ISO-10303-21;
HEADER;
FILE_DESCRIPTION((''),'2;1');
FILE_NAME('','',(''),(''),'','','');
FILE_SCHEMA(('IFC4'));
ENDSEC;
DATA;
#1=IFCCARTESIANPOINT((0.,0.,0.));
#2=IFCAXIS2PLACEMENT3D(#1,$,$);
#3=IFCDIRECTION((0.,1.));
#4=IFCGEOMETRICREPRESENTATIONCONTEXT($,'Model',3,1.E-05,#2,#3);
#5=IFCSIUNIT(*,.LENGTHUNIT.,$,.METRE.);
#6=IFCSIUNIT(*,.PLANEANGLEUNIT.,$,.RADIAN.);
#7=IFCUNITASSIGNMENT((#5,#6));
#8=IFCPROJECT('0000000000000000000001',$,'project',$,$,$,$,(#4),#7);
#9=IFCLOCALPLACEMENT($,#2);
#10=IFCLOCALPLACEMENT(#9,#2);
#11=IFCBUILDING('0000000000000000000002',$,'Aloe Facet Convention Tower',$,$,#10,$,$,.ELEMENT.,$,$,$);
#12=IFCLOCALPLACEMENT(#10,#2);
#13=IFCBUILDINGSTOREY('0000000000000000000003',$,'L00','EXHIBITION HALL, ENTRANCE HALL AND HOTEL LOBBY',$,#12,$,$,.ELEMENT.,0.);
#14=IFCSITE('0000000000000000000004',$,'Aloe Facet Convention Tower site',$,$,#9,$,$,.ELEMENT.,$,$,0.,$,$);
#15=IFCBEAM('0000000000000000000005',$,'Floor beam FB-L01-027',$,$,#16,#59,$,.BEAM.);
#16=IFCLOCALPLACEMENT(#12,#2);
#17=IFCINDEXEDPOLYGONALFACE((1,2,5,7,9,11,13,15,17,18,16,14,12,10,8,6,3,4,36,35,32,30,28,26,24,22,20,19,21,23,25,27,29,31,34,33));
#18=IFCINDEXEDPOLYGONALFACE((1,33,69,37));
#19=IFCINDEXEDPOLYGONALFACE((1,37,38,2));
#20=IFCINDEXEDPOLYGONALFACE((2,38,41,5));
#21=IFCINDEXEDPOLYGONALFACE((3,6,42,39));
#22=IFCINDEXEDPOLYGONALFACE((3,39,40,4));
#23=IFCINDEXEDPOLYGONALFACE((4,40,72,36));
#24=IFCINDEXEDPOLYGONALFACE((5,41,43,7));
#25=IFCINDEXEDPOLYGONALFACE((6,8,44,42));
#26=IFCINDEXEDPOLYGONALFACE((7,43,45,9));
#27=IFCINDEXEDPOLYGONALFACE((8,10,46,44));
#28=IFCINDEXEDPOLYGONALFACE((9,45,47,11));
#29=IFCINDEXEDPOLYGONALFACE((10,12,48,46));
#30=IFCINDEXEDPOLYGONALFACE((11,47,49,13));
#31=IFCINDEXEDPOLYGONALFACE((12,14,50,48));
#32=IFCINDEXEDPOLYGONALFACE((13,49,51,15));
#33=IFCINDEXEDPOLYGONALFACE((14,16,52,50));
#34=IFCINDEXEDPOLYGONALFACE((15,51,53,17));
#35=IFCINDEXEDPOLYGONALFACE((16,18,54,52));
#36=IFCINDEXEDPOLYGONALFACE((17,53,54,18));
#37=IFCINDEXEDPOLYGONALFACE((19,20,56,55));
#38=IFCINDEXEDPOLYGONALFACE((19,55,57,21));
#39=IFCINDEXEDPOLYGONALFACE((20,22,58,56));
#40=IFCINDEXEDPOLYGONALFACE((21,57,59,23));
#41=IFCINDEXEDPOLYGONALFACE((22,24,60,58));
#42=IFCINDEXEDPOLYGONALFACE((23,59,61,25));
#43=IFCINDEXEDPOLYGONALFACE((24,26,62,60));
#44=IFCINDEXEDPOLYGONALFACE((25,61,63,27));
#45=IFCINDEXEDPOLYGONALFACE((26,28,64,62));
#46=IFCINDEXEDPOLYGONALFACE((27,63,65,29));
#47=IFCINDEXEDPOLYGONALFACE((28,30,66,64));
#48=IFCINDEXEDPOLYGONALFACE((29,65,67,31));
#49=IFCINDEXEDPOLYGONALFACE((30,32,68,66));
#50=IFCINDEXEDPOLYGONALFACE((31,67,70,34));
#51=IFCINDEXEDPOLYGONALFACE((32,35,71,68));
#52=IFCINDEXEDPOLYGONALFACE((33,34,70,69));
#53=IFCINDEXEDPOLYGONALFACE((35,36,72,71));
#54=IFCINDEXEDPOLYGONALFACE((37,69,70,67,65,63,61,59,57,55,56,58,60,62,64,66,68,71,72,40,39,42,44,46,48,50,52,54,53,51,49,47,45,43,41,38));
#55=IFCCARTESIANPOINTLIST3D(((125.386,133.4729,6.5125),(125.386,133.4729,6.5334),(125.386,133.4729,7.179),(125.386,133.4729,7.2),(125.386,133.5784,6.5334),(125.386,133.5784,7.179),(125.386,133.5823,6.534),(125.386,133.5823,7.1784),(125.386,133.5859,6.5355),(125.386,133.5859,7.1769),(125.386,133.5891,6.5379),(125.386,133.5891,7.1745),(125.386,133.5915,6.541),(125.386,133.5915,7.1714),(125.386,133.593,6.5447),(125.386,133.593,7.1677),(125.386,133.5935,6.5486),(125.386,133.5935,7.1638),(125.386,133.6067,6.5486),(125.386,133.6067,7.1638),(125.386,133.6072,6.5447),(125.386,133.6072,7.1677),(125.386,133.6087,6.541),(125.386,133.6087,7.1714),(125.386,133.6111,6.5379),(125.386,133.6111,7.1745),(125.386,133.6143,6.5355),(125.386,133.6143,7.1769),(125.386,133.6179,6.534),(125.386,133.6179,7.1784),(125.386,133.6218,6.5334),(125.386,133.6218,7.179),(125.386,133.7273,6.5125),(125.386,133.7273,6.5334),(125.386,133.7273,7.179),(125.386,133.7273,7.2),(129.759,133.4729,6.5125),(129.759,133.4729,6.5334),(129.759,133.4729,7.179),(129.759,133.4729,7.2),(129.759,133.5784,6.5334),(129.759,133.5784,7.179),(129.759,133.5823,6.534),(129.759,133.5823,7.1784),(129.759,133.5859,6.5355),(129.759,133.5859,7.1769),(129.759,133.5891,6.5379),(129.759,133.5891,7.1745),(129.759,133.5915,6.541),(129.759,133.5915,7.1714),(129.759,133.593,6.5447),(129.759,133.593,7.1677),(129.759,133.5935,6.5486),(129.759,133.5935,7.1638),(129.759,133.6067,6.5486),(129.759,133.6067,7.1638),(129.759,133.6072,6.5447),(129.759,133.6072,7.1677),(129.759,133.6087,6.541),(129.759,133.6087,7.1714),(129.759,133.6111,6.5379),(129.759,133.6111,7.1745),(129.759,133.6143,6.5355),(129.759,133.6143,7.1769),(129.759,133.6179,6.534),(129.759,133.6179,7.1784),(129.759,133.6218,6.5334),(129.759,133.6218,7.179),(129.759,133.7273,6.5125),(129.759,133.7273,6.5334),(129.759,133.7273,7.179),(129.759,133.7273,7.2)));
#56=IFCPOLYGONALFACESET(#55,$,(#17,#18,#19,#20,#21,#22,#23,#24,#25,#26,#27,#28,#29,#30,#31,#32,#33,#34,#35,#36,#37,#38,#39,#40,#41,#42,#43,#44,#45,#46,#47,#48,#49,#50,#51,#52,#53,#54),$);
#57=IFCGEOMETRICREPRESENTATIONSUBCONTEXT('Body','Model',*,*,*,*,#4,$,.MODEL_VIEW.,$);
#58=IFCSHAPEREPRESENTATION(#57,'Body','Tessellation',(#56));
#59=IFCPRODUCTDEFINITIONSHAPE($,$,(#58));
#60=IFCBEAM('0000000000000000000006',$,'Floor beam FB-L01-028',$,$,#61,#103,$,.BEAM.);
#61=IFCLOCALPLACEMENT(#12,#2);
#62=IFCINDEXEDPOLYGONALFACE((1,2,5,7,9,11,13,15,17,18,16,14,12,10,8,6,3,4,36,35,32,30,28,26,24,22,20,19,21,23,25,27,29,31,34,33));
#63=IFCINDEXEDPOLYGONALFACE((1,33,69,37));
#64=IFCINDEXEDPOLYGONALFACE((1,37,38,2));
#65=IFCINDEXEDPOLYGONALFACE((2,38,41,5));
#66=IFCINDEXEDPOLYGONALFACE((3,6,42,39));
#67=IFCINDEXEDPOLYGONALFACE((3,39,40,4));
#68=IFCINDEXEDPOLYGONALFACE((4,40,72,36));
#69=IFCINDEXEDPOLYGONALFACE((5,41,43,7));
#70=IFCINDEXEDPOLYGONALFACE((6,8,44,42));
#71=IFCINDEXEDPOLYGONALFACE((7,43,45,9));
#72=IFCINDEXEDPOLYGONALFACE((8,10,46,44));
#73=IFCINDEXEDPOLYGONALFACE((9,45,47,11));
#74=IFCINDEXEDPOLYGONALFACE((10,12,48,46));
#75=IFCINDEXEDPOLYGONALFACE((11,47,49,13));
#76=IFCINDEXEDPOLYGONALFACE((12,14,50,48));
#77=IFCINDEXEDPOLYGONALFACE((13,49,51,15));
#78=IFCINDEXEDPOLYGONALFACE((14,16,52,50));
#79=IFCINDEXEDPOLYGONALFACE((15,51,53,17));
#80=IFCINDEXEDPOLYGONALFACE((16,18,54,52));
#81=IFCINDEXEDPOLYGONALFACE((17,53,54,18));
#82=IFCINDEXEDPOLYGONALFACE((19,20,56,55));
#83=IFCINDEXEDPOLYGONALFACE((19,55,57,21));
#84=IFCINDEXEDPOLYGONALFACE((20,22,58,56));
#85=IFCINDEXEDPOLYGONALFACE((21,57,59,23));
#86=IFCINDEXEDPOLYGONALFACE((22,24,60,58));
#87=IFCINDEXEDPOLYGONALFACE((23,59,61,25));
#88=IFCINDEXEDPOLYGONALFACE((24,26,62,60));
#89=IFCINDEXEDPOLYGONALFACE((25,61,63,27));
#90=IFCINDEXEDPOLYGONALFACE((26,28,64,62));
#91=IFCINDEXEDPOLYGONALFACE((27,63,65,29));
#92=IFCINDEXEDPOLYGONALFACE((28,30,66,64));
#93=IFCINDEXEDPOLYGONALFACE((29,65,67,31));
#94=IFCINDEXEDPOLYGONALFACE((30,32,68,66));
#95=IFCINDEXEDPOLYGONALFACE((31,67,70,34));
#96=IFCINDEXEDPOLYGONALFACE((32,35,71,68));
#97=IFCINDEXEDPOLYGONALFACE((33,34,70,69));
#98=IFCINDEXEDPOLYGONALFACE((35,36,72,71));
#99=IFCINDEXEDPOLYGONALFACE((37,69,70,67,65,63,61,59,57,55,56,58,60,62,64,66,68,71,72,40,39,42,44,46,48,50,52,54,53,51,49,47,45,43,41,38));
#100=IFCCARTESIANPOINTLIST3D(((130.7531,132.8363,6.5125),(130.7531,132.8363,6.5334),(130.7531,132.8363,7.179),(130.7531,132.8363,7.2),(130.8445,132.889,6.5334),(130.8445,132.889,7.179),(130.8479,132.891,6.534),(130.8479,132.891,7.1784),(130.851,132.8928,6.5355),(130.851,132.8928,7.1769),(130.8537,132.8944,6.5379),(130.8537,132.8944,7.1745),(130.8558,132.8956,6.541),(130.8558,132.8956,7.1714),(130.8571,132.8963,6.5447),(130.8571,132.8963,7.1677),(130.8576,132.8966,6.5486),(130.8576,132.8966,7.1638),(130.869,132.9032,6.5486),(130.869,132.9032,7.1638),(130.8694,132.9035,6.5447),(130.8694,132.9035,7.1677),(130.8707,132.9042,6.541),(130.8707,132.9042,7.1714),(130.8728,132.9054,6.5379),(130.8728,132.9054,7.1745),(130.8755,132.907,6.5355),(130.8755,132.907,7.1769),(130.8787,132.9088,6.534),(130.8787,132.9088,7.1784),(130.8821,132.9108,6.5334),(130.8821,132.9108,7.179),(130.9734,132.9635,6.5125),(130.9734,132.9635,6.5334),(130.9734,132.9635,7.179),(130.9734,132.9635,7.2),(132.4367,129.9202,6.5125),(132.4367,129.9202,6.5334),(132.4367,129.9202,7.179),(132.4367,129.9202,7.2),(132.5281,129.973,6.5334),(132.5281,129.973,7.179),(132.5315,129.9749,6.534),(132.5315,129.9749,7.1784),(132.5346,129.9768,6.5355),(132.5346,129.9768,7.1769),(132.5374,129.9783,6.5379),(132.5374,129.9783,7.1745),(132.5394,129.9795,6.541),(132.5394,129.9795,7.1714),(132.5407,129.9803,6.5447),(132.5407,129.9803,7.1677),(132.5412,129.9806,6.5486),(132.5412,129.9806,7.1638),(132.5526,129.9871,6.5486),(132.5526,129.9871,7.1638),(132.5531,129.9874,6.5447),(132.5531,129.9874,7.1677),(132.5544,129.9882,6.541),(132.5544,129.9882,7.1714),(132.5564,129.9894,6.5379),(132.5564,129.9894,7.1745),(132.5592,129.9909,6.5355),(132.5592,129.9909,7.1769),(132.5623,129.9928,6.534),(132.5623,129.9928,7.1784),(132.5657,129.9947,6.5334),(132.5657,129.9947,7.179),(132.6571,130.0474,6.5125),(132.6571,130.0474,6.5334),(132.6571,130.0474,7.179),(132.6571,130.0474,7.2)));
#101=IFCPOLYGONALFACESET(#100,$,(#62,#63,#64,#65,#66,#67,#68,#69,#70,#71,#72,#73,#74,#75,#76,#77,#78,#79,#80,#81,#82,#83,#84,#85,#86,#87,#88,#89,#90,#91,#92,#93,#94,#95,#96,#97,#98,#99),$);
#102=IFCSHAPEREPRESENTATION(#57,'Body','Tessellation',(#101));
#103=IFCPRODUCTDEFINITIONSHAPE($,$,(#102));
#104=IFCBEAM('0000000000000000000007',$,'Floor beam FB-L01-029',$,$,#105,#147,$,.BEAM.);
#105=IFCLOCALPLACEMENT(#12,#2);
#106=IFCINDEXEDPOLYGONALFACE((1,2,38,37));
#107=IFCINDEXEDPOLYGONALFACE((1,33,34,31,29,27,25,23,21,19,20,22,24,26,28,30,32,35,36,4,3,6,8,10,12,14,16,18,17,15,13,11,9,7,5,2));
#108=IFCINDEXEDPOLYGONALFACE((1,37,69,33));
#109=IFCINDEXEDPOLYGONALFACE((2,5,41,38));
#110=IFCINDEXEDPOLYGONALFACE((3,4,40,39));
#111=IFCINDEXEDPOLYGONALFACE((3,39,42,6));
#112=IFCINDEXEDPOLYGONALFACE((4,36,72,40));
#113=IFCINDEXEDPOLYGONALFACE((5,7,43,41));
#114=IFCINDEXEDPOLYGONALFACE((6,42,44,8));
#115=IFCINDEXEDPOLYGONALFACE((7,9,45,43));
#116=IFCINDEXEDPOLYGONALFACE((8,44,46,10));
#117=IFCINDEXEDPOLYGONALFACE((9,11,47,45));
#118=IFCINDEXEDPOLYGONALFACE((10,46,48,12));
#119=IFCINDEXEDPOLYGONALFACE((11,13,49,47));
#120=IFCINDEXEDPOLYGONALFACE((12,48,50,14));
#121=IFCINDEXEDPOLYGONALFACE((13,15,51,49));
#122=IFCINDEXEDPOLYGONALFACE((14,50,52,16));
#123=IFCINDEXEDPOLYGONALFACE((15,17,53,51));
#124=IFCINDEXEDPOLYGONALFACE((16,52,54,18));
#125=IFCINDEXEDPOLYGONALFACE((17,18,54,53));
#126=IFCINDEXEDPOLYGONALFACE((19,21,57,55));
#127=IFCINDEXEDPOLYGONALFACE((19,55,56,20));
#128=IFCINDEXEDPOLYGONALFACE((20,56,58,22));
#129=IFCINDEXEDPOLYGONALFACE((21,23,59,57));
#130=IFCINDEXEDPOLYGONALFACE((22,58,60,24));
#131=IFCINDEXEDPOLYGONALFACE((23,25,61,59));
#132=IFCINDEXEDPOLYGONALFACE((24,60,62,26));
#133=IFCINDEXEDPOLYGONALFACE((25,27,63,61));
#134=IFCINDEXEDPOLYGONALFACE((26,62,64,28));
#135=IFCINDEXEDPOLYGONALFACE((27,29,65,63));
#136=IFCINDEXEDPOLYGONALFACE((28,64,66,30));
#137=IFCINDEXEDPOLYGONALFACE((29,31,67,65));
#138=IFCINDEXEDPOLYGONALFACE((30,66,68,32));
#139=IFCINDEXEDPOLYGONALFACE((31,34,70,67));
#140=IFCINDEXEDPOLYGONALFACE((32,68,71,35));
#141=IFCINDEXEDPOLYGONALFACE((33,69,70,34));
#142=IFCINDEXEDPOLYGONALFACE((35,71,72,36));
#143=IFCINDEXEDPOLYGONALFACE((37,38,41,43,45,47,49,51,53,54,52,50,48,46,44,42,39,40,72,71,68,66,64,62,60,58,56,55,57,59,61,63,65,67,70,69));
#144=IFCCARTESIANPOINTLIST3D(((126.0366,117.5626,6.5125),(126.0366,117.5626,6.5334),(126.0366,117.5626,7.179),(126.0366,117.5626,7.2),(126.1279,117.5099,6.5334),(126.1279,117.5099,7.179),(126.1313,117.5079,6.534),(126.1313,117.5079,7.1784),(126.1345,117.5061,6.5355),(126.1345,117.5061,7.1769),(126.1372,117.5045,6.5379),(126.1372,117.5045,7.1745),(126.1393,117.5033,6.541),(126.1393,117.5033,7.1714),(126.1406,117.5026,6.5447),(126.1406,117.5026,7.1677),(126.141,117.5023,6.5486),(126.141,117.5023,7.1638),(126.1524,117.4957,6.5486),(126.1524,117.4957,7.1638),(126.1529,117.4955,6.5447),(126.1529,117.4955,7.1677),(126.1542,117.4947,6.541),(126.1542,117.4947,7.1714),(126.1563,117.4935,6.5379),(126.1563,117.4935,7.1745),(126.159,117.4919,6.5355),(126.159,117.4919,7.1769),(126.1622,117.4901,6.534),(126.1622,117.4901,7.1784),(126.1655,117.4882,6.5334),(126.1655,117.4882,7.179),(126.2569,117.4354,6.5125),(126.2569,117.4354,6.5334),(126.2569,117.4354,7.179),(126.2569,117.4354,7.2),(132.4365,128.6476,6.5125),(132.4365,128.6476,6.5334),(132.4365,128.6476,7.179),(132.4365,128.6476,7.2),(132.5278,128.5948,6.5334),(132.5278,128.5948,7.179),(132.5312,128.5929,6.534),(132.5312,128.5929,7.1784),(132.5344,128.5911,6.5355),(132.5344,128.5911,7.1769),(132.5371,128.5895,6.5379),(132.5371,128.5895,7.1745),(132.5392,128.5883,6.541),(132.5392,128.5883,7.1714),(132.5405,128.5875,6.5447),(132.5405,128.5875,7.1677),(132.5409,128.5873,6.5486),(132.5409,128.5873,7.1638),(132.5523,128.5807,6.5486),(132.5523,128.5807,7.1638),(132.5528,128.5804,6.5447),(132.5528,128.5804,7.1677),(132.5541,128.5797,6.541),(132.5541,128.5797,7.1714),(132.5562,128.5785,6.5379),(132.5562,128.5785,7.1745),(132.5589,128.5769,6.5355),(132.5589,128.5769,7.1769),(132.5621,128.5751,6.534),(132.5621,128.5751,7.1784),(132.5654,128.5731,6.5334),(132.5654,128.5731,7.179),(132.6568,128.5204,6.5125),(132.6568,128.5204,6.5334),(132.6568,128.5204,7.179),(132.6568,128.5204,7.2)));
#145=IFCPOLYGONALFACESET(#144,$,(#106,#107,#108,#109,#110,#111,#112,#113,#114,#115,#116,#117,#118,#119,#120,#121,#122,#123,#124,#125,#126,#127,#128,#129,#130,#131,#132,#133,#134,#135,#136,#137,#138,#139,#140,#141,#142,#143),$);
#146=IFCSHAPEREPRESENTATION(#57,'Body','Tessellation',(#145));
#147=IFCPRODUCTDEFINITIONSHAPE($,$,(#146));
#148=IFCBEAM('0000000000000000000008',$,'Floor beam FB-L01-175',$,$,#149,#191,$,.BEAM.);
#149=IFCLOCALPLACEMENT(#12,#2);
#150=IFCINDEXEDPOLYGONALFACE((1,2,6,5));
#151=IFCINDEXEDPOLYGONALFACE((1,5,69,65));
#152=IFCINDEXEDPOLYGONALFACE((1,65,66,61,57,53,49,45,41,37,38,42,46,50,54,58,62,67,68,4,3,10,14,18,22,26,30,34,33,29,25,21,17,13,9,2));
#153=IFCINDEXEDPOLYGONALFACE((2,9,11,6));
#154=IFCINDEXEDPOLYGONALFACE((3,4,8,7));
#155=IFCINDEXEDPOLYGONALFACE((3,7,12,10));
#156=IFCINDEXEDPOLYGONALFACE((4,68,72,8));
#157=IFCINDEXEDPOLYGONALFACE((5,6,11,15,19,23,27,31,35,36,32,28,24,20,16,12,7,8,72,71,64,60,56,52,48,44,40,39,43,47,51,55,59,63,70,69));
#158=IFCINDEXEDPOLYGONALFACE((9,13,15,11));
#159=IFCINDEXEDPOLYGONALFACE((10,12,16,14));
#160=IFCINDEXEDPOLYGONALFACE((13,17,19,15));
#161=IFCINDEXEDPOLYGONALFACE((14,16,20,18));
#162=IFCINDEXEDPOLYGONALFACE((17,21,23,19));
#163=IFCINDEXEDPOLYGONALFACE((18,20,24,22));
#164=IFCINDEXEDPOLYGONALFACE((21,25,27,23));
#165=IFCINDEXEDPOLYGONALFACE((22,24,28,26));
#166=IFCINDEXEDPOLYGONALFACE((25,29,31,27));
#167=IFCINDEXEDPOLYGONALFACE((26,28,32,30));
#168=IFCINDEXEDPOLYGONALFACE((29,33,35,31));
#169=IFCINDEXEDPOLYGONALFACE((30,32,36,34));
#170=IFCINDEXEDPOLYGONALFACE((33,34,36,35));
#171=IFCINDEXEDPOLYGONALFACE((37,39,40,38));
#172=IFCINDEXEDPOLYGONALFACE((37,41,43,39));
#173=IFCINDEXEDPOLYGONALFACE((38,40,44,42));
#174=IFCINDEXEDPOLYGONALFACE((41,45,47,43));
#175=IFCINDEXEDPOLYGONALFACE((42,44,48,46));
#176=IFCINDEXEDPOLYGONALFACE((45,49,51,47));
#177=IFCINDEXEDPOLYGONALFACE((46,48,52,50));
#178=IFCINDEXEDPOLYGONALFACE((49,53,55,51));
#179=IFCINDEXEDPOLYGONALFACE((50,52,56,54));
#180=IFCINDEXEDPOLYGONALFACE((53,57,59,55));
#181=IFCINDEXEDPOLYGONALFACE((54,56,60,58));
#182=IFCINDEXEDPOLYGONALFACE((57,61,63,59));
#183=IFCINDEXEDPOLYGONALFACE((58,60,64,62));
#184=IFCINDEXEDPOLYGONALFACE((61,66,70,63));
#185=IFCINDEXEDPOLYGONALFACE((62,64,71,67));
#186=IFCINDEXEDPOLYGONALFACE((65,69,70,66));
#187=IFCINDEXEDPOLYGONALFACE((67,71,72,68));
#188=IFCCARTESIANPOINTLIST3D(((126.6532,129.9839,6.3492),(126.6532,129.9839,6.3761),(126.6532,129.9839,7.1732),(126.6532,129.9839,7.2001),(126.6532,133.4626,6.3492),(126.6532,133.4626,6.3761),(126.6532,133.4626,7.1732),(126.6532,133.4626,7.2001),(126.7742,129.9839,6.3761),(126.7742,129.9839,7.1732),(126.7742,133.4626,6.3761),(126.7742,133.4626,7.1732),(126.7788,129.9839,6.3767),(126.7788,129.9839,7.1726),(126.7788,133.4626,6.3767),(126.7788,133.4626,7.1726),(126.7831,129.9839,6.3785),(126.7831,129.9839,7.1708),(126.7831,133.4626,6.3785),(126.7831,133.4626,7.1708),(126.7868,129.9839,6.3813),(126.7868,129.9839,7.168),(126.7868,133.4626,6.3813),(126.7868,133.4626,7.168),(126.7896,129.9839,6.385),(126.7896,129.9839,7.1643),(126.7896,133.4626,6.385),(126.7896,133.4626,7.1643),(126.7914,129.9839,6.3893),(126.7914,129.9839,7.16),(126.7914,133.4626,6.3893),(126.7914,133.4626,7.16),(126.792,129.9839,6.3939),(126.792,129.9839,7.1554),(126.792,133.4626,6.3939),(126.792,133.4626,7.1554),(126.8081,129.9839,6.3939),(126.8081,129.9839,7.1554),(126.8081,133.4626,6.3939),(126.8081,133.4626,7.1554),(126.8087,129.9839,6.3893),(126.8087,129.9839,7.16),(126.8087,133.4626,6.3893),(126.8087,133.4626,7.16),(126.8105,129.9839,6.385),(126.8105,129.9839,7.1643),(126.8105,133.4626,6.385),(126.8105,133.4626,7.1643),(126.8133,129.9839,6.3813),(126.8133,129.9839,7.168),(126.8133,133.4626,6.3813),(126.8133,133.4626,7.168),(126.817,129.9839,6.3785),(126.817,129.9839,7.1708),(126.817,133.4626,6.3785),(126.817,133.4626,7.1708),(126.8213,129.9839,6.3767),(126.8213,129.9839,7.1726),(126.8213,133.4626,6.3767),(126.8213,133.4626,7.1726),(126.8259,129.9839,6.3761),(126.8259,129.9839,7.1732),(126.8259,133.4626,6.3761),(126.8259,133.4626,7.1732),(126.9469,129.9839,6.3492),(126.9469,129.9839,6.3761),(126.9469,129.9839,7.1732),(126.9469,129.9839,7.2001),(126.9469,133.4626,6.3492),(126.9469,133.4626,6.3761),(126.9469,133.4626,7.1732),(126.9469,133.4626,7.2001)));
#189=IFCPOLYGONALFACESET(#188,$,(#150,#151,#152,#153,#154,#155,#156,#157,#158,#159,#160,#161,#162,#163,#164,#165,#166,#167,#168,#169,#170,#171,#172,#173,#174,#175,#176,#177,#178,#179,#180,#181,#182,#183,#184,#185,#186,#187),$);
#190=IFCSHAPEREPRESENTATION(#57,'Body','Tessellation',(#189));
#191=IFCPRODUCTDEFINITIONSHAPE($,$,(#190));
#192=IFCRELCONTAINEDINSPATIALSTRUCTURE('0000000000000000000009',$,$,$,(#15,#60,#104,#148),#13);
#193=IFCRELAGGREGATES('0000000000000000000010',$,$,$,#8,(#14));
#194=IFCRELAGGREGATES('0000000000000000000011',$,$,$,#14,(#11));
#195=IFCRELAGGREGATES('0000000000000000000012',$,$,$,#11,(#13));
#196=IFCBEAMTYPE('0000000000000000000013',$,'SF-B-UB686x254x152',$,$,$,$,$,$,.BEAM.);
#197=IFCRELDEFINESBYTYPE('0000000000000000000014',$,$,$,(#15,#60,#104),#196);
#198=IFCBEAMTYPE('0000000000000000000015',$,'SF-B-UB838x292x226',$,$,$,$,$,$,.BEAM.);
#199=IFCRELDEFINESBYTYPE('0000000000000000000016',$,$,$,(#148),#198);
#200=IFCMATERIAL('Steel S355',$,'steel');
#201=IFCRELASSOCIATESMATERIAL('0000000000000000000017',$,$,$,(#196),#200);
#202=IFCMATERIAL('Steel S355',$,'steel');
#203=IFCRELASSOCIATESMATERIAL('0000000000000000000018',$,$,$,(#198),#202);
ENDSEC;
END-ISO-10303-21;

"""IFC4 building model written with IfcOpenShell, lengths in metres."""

from ifc_helpers import new_model, si_unit, direction, frame, origin, origin_2d, place, context, subcontext, project, spatial, i_section, extrude, material, material_profile, profile_set, type_object, element, save


model = new_model("IFC4")

# Units and contexts
model_context = context("Model", 3, precision=1e-05, world=origin(), true_north=direction((0.0, 1.0)))
body_context = subcontext(model_context, "Body", "Model", "MODEL_VIEW")
ifc_project = project(units=[si_unit("LENGTHUNIT", "METRE"), si_unit("PLANEANGLEUNIT", "RADIAN")], contexts=[model_context])

# Site, building, storey
site_placement = place(None, origin())
site = spatial("IfcSite", under=ifc_project, at=site_placement, Name="Aloe Facet Convention Tower site", CompositionType="ELEMENT", RefElevation=0.0)
building_placement = place(site_placement, origin())
building = spatial("IfcBuilding", under=site, at=building_placement, Name="Aloe Facet Convention Tower", CompositionType="ELEMENT")
storey_placement = place(building_placement, origin())
storey = spatial("IfcBuildingStorey", under=building, at=storey_placement, Name="L00", Description="EXHIBITION HALL, ENTRANCE HALL AND HOTEL LOBBY", CompositionType="ELEMENT", Elevation=0.0)

# Beams
ifc_material_1 = material(Name="Steel S355", Category="steel")
ifc_material_profile_1 = material_profile(ifc_material_1, i_section(OverallWidth=0.2544, OverallDepth=0.6875, WebThickness=0.0132, FlangeThickness=0.021, FilletRadius=0.0151, at=origin_2d()), Name="UB 686x254x152")
ifc_profile_set_1 = profile_set([ifc_material_profile_1], Name="Steel S355")
beam_type_1 = type_object("IfcBeamType", Name="SF-B-UB686x254x152", PredefinedType="BEAM", material=ifc_profile_set_1)
beam_1_placement = place(storey_placement, frame((125.386, 133.6001, 6.8562), z_axis=(1.0, 0.0, 0.0), x_axis=(0.0, 1.0, 0.0)))
element("IfcBeam", 1, at=beam_1_placement, inside=storey, type_object=beam_type_1, Name="Floor beam FB-L01-027", PredefinedType="BEAM", context=body_context, shape_type="SweptSolid", body=[
    extrude(i_section(OverallWidth=0.2544, OverallDepth=0.6875, WebThickness=0.0132, FlangeThickness=0.021, FilletRadius=0.0151, at=origin_2d()), origin(), (0.0, 0.0, 1.0), 4.373),
])
beam_2_placement = place(storey_placement, frame((130.8633, 132.8999, 6.8562), z_axis=(0.500007, -0.866021, 0.0), x_axis=(0.866021, 0.500007, 0.0)))
element("IfcBeam", 2, at=beam_2_placement, inside=storey, type_object=beam_type_1, Name="Floor beam FB-L01-028", PredefinedType="BEAM", context=body_context, shape_type="SweptSolid", body=[
    extrude(i_section(OverallWidth=0.2544, OverallDepth=0.6875, WebThickness=0.0132, FlangeThickness=0.021, FilletRadius=0.0151, at=origin_2d()), origin(), (0.0, 0.0, 1.0), 3.3672),
])
beam_3_placement = place(storey_placement, frame((132.5466, 128.584, 6.8562), z_axis=(-0.5, -0.866025, 0.0), x_axis=(0.866025, -0.5, 0.0)))
element("IfcBeam", 3, at=beam_3_placement, inside=storey, type_object=beam_type_1, Name="Floor beam FB-L01-029", PredefinedType="BEAM", context=body_context, shape_type="SweptSolid", body=[
    extrude(i_section(OverallWidth=0.2544, OverallDepth=0.6875, WebThickness=0.0132, FlangeThickness=0.021, FilletRadius=0.0151, at=origin_2d()), origin(), (0.0, 0.0, 1.0), 12.7998),
])
ifc_material_2 = material(Name="Steel S355", Category="steel")
ifc_material_profile_2 = material_profile(ifc_material_2, i_section(OverallWidth=0.2937, OverallDepth=0.8508, WebThickness=0.0161, FlangeThickness=0.0269, FilletRadius=0.0178, at=origin_2d()), Name="UB 838x292x226")
ifc_profile_set_2 = profile_set([ifc_material_profile_2], Name="Steel S355")
beam_type_2 = type_object("IfcBeamType", Name="SF-B-UB838x292x226", PredefinedType="BEAM", material=ifc_profile_set_2)
beam_4_placement = place(storey_placement, frame((126.8, 129.9839, 6.7747), z_axis=(0.0, 1.0, 0.0), x_axis=(-1.0, 0.0, 0.0)))
element("IfcBeam", 4, at=beam_4_placement, inside=storey, type_object=beam_type_2, Name="Floor beam FB-L01-175", PredefinedType="BEAM", context=body_context, shape_type="SweptSolid", body=[
    extrude(i_section(OverallWidth=0.2937, OverallDepth=0.8508, WebThickness=0.0161, FlangeThickness=0.0269, FilletRadius=0.0178, at=origin_2d()), origin(), (0.0, 0.0, 1.0), 3.4788),
])

save(model, "model.ifc")
